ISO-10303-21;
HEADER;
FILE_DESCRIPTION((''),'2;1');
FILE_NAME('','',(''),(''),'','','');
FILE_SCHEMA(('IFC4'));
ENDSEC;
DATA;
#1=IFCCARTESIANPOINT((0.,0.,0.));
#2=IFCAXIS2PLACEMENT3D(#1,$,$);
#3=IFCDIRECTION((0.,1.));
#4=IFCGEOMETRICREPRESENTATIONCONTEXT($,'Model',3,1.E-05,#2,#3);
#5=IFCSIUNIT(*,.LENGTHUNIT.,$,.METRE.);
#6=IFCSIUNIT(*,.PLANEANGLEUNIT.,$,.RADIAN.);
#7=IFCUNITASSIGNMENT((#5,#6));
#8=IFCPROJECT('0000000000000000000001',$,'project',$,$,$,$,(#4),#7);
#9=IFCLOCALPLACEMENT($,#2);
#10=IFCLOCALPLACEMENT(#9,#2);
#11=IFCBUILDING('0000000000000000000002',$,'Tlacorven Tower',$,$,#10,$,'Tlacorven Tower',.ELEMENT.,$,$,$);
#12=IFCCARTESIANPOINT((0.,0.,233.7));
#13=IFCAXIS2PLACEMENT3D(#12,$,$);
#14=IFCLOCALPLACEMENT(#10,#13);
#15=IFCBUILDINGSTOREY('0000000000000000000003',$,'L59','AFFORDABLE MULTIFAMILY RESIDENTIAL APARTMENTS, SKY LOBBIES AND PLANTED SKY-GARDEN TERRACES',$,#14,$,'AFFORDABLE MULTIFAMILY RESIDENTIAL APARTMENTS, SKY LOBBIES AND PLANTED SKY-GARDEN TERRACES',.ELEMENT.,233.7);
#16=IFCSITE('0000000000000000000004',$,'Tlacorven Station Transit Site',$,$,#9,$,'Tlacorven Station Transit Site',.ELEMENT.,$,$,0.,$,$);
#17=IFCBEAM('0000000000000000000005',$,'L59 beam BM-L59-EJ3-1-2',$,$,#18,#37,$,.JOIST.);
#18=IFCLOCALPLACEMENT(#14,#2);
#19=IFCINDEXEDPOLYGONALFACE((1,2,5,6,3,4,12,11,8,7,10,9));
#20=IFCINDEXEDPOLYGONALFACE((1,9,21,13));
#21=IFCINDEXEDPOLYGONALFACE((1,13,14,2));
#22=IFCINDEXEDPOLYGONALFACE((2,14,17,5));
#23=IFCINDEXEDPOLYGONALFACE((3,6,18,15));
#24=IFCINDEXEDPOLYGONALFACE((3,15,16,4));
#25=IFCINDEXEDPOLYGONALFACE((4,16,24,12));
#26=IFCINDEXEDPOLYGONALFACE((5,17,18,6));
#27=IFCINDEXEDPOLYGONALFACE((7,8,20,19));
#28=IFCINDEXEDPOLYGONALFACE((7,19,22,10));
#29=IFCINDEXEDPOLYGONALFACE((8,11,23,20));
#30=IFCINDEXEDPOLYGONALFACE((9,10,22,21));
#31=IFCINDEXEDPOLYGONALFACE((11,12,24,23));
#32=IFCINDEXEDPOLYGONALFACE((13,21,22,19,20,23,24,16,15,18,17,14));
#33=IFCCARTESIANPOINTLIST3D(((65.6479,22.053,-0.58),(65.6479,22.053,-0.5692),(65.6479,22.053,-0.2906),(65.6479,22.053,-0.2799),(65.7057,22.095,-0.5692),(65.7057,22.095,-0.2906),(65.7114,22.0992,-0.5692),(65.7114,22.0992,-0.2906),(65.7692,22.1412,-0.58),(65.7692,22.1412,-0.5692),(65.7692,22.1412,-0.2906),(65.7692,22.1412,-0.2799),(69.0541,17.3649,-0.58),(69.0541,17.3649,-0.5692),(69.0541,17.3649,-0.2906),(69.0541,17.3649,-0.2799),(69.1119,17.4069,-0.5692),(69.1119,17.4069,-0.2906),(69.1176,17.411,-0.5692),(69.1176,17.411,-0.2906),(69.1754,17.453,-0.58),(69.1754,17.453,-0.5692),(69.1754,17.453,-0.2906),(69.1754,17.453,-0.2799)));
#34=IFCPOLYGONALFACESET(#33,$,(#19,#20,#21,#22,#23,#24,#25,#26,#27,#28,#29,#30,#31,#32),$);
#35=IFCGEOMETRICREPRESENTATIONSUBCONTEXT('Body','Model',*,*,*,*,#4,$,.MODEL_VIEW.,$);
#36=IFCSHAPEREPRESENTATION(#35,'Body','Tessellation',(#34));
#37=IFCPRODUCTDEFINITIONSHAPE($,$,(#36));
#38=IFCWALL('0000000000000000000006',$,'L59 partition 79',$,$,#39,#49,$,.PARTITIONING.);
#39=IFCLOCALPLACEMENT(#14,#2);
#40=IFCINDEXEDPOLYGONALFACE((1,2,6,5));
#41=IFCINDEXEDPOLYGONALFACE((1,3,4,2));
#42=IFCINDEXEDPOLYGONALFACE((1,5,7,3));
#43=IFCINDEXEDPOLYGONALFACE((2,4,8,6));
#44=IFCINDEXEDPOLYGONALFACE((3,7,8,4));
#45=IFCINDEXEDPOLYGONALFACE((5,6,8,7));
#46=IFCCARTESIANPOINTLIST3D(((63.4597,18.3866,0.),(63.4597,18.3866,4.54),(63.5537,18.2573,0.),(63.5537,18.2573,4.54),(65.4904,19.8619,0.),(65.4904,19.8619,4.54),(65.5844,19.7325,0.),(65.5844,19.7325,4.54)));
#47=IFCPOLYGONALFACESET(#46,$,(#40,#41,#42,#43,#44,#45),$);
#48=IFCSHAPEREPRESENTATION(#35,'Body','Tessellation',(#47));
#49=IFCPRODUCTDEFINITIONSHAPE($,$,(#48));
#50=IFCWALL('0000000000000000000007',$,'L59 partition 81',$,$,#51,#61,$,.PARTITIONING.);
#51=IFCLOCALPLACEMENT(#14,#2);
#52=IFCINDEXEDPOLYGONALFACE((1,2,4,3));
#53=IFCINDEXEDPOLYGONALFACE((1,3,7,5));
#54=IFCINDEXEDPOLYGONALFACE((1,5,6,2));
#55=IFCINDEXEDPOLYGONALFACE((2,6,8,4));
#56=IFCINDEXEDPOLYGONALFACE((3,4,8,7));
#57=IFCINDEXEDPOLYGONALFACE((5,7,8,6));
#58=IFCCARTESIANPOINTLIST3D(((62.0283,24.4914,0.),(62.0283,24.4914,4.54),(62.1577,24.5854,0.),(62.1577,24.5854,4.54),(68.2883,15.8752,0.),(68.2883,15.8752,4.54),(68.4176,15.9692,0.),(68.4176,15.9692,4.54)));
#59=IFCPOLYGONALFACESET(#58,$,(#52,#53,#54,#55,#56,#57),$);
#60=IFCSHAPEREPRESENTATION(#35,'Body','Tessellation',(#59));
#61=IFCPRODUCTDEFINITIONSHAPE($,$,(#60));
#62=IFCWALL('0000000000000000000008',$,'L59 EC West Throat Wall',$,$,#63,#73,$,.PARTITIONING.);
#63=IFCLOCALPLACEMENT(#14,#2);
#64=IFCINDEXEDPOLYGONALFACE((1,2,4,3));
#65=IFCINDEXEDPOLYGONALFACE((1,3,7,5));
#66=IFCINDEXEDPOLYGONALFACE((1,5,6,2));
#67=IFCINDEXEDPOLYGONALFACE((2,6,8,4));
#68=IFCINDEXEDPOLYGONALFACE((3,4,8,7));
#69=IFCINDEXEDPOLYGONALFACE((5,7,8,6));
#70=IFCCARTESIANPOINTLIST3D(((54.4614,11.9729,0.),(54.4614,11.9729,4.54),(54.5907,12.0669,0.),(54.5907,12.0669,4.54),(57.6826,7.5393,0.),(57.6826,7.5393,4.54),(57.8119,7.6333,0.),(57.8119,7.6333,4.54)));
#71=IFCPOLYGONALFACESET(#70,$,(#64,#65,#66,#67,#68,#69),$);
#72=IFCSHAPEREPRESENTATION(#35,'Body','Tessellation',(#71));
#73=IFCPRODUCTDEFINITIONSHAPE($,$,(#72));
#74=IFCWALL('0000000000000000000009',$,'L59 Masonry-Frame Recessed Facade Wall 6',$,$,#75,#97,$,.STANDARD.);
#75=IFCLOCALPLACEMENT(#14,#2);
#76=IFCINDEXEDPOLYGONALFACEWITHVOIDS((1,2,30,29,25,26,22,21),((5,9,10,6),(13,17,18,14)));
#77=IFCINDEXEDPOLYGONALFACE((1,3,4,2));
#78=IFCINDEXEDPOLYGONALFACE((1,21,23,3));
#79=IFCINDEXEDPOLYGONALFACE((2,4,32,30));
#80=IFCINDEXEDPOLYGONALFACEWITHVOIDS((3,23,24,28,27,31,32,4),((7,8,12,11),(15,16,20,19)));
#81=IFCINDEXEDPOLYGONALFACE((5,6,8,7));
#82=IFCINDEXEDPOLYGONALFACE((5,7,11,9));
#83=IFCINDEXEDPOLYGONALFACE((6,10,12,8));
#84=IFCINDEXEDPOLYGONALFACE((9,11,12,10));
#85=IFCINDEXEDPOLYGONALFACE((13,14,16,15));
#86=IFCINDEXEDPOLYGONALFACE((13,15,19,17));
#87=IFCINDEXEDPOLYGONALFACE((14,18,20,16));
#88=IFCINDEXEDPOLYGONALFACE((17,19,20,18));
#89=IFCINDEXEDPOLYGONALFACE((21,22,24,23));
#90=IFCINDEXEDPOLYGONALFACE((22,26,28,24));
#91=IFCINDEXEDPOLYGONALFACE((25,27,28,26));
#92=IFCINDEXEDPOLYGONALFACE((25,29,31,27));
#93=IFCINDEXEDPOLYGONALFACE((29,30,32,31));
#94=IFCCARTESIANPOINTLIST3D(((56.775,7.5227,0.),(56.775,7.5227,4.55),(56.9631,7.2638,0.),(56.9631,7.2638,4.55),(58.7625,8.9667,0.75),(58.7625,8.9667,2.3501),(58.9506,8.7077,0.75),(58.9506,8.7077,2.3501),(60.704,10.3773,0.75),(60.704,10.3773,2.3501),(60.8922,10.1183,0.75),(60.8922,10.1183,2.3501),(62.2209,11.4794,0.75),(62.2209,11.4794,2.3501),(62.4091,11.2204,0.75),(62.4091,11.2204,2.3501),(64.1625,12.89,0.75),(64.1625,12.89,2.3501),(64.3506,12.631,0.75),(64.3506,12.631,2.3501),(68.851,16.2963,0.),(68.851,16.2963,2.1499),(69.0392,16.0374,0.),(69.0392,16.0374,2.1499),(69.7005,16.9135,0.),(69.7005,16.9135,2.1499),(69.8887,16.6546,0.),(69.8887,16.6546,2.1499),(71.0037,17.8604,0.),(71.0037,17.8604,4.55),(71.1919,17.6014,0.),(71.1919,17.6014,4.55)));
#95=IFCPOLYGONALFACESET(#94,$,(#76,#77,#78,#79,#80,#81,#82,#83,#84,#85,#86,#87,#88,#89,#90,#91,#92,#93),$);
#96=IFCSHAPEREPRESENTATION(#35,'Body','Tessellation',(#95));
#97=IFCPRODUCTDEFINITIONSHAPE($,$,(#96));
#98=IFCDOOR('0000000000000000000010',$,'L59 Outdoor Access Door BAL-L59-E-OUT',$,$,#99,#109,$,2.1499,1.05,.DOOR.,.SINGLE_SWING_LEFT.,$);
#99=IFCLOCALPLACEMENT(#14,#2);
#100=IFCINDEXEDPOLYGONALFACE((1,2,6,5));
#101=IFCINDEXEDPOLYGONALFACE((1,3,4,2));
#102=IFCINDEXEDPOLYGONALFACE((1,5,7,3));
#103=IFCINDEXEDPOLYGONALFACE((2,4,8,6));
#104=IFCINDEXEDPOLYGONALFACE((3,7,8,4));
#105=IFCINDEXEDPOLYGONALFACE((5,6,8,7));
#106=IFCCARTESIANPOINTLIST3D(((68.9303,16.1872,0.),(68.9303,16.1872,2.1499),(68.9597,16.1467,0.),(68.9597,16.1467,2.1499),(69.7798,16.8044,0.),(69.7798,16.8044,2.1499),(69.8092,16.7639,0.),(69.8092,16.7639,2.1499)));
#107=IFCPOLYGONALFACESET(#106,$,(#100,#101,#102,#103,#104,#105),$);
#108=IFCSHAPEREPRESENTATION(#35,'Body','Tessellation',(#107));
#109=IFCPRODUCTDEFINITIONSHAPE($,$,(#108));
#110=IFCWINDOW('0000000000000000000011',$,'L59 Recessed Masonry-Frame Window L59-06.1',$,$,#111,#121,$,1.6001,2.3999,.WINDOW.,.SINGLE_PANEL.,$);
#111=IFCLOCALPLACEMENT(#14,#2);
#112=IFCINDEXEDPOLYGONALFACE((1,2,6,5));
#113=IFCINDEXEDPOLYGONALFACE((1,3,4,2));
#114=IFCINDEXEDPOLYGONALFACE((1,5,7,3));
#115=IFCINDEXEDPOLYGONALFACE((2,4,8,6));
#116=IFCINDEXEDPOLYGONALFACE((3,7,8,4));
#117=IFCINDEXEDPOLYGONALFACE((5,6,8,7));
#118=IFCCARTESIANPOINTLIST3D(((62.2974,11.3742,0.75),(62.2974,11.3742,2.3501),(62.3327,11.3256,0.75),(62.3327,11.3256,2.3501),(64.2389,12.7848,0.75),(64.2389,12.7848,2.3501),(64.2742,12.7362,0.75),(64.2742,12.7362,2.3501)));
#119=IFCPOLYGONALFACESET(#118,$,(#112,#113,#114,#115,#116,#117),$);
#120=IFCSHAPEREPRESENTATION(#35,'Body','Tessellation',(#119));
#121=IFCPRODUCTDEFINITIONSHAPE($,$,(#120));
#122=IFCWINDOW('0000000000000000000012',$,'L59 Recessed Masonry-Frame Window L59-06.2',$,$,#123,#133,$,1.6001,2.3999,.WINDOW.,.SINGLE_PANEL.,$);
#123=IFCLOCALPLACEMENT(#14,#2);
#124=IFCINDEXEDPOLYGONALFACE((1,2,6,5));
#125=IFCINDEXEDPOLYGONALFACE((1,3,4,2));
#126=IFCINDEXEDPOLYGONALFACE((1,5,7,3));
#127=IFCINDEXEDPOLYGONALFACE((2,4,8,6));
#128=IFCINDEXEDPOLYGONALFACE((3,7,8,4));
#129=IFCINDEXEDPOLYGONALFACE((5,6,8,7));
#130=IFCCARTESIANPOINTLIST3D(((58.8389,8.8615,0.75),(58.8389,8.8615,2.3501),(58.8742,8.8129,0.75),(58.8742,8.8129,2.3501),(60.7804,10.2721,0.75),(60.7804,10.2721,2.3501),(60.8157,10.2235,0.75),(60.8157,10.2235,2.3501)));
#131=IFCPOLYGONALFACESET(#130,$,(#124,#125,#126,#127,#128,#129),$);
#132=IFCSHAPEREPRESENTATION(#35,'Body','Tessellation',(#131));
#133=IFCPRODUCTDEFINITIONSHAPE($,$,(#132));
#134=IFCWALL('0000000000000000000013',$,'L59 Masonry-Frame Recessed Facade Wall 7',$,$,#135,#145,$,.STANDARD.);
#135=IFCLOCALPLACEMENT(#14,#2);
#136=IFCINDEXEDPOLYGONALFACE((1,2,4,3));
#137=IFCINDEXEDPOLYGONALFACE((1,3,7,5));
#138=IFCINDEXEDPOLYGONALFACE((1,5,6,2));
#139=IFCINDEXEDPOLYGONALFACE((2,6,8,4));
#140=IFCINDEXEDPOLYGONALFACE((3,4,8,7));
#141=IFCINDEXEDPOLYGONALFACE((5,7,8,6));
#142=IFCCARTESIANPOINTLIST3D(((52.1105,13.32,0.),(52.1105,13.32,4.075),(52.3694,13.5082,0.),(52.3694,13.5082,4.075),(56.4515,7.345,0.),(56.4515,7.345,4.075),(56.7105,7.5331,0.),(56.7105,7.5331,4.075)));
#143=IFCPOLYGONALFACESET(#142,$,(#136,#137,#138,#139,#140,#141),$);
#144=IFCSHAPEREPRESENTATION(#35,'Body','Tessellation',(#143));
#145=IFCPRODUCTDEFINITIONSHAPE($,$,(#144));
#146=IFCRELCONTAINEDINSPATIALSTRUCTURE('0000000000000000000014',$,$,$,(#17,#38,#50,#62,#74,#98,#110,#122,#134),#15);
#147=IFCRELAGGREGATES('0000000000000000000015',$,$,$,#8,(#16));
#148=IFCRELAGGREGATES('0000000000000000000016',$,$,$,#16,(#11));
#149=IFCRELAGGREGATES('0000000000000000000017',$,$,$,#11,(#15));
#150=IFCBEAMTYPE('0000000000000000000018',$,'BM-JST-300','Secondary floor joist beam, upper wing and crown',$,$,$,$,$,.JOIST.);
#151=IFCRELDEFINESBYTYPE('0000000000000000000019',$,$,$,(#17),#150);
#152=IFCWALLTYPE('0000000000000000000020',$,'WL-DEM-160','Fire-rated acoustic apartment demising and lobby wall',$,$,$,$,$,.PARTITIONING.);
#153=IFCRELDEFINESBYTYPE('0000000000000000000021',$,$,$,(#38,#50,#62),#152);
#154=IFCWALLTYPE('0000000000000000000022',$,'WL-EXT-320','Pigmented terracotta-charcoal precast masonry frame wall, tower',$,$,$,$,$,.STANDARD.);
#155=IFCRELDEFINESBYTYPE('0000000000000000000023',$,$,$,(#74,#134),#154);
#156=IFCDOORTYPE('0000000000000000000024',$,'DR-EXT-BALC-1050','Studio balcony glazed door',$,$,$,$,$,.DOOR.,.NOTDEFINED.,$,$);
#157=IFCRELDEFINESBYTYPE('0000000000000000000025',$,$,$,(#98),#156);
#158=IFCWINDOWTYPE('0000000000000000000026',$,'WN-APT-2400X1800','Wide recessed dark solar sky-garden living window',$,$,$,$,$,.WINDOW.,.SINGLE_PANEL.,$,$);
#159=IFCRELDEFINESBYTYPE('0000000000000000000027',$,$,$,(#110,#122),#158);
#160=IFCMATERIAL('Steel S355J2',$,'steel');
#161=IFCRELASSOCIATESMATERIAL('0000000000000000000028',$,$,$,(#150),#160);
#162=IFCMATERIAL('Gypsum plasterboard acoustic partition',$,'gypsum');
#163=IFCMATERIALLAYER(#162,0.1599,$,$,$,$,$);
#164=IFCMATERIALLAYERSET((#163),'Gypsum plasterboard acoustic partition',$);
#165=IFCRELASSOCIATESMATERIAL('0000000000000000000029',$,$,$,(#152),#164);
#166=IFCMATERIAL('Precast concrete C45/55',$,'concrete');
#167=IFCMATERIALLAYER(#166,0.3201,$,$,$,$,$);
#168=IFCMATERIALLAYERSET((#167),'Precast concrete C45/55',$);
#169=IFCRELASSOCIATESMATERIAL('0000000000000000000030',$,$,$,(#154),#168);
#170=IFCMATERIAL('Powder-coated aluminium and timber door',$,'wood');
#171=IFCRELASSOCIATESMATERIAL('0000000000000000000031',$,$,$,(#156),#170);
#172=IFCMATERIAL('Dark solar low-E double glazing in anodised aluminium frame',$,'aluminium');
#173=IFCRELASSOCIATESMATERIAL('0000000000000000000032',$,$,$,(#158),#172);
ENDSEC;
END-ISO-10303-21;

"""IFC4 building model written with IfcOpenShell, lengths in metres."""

from ifc_helpers import new_model, si_unit, direction, frame, frame_2d, origin, origin_2d, place, context, subcontext, project, spatial, rectangle, i_section, extrude, source, transform, mapped, material, layer, layer_set, material_profile, profile_set, type_object, element, fill, save


model = new_model("IFC4")

# Units and contexts
model_context = context("Model", 3, precision=1e-05, world=origin(), true_north=direction((0.0, 1.0)))
body_context = subcontext(model_context, "Body", "Model", "MODEL_VIEW")
ifc_project = project(units=[si_unit("LENGTHUNIT", "METRE"), si_unit("PLANEANGLEUNIT", "RADIAN")], contexts=[model_context])

# Site, building, storey
site_placement = place(None, origin())
site = spatial("IfcSite", under=ifc_project, at=site_placement, Name="Tlacorven Station Transit Site", LongName="Tlacorven Station Transit Site", CompositionType="ELEMENT", RefElevation=0.0)
building_placement = place(site_placement, origin())
building = spatial("IfcBuilding", under=site, at=building_placement, Name="Tlacorven Tower", LongName="Tlacorven Tower", CompositionType="ELEMENT")
storey_placement = place(building_placement, frame((0.0, 0.0, 233.7)))
storey = spatial("IfcBuildingStorey", under=building, at=storey_placement, Name="L59", Description="AFFORDABLE MULTIFAMILY RESIDENTIAL APARTMENTS, SKY LOBBIES AND PLANTED SKY-GARDEN TERRACES", LongName="AFFORDABLE MULTIFAMILY RESIDENTIAL APARTMENTS, SKY LOBBIES AND PLANTED SKY-GARDEN TERRACES", CompositionType="ELEMENT", Elevation=233.7)

# Shared definitions
ifc_material_1 = material(Name="Steel S355J2", Category="steel")

# Beam
ifc_material_profile_1 = material_profile(ifc_material_1, i_section(OverallWidth=0.1499, OverallDepth=0.3, WebThickness=0.0071, FlangeThickness=0.0107, at=origin_2d()), Name="IPE 300")
ifc_profile_set_1 = profile_set([ifc_material_profile_1], Name="Steel S355J2")
beam_type_1 = type_object("IfcBeamType", Name="BM-JST-300", Description="Secondary floor joist beam, upper wing and crown", PredefinedType="JOIST", material=ifc_profile_set_1)
shared_shape_1 = source(origin(), body_context, "Body", "SweptSolid", [
    extrude(i_section(OverallWidth=0.1499, OverallDepth=0.3, WebThickness=0.0071, FlangeThickness=0.0107, at=origin_2d()), origin(), (0.0, 0.0, 1.0), 5.7949),
])
for number, where, z_axis, x_axis, name in (
    (1, (69.1147, 17.4089, -0.4299), (-0.587791, 0.809013, 0.0), (-0.809013, -0.587791, 0.0), "L59 beam BM-L59-EJ3-1-2"),
):
    element("IfcBeam", number, at=place(storey_placement, frame(where, z_axis=z_axis, x_axis=x_axis)), inside=storey, type_object=beam_type_1, Name=name, PredefinedType="JOIST", context=body_context, shape_type="MappedRepresentation", body=[
        mapped(shared_shape_1, transform((0.0, 0.0, 0.0), scale=1.0)),
    ])

# Walls
ifc_material_2 = material(Name="Gypsum plasterboard acoustic partition", Category="gypsum")
ifc_layer_1 = layer(ifc_material_2, 0.1599)
ifc_layer_set_1 = layer_set([ifc_layer_1], Name="Gypsum plasterboard acoustic partition")
wall_type_1 = type_object("IfcWallType", Name="WL-DEM-160", Description="Fire-rated acoustic apartment demising and lobby wall", PredefinedType="PARTITIONING", material=ifc_layer_set_1)
wall_1_placement = place(storey_placement, frame((63.5068, 18.322, 0.0), z_axis=(0.0, 0.0, 1.0), x_axis=(0.809035, 0.587761, 0.0)))
element("IfcWall", 2, at=wall_1_placement, inside=storey, type_object=wall_type_1, Name="L59 partition 79", PredefinedType="PARTITIONING", context=body_context, shape_type="SweptSolid", body=[
    extrude(rectangle(XDim=2.51, YDim=0.1599, at=frame_2d((1.2549, 0.0))), origin(), (0.0, 0.0, 1.0), 4.54),
])
wall_2_placement = place(storey_placement, frame((68.353, 15.9221, 0.0), z_axis=(0.0, 0.0, 1.0), x_axis=(-0.587783, 0.809019, 0.0)))
element("IfcWall", 3, at=wall_2_placement, inside=storey, type_object=wall_type_1, Name="L59 partition 81", PredefinedType="PARTITIONING", context=body_context, shape_type="SweptSolid", body=[
    extrude(rectangle(XDim=10.6501, YDim=0.1599, at=frame_2d((5.3252, 0.0))), origin(), (0.0, 0.0, 1.0), 4.54),
])
wall_3_placement = place(storey_placement, frame((57.7473, 7.5862, 0.0), z_axis=(0.0, 0.0, 1.0), x_axis=(-0.587785, 0.809017, 0.0)))
element("IfcWall", 4, at=wall_3_placement, inside=storey, type_object=wall_type_1, Name="L59 EC West Throat Wall", PredefinedType="PARTITIONING", context=body_context, shape_type="SweptSolid", body=[
    extrude(rectangle(XDim=5.4802, YDim=0.1599, at=frame_2d((2.7402, 0.0))), origin(), (0.0, 0.0, 1.0), 4.54),
])

# Wall, openings, door, windows
ifc_material_3 = material(Name="Precast concrete C45/55", Category="concrete")
ifc_layer_2 = layer(ifc_material_3, 0.3201)
ifc_layer_set_2 = layer_set([ifc_layer_2], Name="Precast concrete C45/55")
wall_type_2 = type_object("IfcWallType", Name="WL-EXT-320", Description="Pigmented terracotta-charcoal precast masonry frame wall, tower", PredefinedType="STANDARD", material=ifc_layer_set_2)
wall_4_placement = place(storey_placement, frame((71.0979, 17.731, 0.0), z_axis=(0.0, 0.0, 1.0), x_axis=(-0.809021, -0.58778, 0.0)))
wall_4 = element("IfcWall", 5, at=wall_4_placement, inside=storey, type_object=wall_type_2, Name="L59 Masonry-Frame Recessed Facade Wall 6", PredefinedType="STANDARD", context=body_context, shape_type="SweptSolid", body=[
    extrude(rectangle(XDim=17.5876, YDim=0.3201, at=frame_2d((8.7939, 0.0))), origin(), (0.0, 0.0, 1.0), 4.55),
])
opening_1_placement = place(wall_4_placement, frame((1.6111, 0.0, 0.0)))
opening_1 = element("IfcOpeningElement", 6, at=opening_1_placement, cuts=wall_4, PredefinedType="OPENING", context=body_context, shape_type="SweptSolid", body=[
    extrude(rectangle(XDim=1.05, YDim=2.1499, at=frame_2d((0.5249, 1.075))), frame((0.0, 0.1699, 0.0), z_axis=(0.0, -1.0, 0.0), x_axis=(1.0, 0.0, 0.0)), (0.0, 0.0, 1.0), 0.3401),
])
opening_2_placement = place(wall_4_placement, frame((8.4563, 0.0, 0.75)))
opening_2 = element("IfcOpeningElement", 7, at=opening_2_placement, cuts=wall_4, PredefinedType="OPENING", context=body_context, shape_type="SweptSolid", body=[
    extrude(rectangle(XDim=2.3999, YDim=1.6001, at=frame_2d((1.2, 0.8))), frame((0.0, 0.1699, 0.0), z_axis=(0.0, -1.0, 0.0), x_axis=(1.0, 0.0, 0.0)), (0.0, 0.0, 1.0), 0.3401),
])
opening_3_placement = place(wall_4_placement, frame((12.7312, 0.0, 0.75)))
opening_3 = element("IfcOpeningElement", 8, at=opening_3_placement, cuts=wall_4, PredefinedType="OPENING", context=body_context, shape_type="SweptSolid", body=[
    extrude(rectangle(XDim=2.3999, YDim=1.6001, at=frame_2d((1.2, 0.8))), frame((0.0, 0.1699, 0.0), z_axis=(0.0, -1.0, 0.0), x_axis=(1.0, 0.0, 0.0)), (0.0, 0.0, 1.0), 0.3401),
])
ifc_material_4 = material(Name="Powder-coated aluminium and timber door", Category="wood")
door_type_1 = type_object("IfcDoorType", Name="DR-EXT-BALC-1050", Description="Studio balcony glazed door", OperationType="NOTDEFINED", PredefinedType="DOOR", material=ifc_material_4)
shared_shape_2 = source(origin(), body_context, "Body", "SweptSolid", [
    extrude(rectangle(XDim=1.05, YDim=2.1499, at=frame_2d((0.5249, 1.075))), frame((0.0, 0.0249, 0.0), z_axis=(0.0, -1.0, 0.0), x_axis=(1.0, 0.0, 0.0)), (0.0, 0.0, 1.0), 0.05),
])
door_1_placement = place(opening_1_placement, origin())
door_1 = element("IfcDoor", 9, at=door_1_placement, inside=storey, type_object=door_type_1, Name="L59 Outdoor Access Door BAL-L59-E-OUT", OperationType="SINGLE_SWING_LEFT", OverallHeight=2.1499, OverallWidth=1.05, PredefinedType="DOOR", context=body_context, shape_type="MappedRepresentation", body=[
    mapped(shared_shape_2, transform((0.0, 0.0, 0.0), scale=1.0)),
])
fill(opening_1, door_1)
ifc_material_5 = material(Name="Dark solar low-E double glazing in anodised aluminium frame", Category="aluminium")
window_type = type_object("IfcWindowType", Name="WN-APT-2400X1800", Description="Wide recessed dark solar sky-garden living window", PartitioningType="SINGLE_PANEL", PredefinedType="WINDOW", material=ifc_material_5)
shared_shape_3 = source(origin(), body_context, "Body", "SweptSolid", [
    extrude(rectangle(XDim=2.3999, YDim=1.6001, at=frame_2d((1.2, 0.8))), frame((0.0, 0.03, 0.0), z_axis=(0.0, -1.0, 0.0), x_axis=(1.0, 0.0, 0.0)), (0.0, 0.0, 1.0), 0.0601),
])
window_1_placement = place(opening_2_placement, origin())
window_1 = element("IfcWindow", 10, at=window_1_placement, inside=storey, type_object=window_type, Name="L59 Recessed Masonry-Frame Window L59-06.1", OverallHeight=1.6001, OverallWidth=2.3999, PartitioningType="SINGLE_PANEL", PredefinedType="WINDOW", context=body_context, shape_type="MappedRepresentation", body=[
    mapped(shared_shape_3, transform((0.0, 0.0, 0.0), scale=1.0)),
])
fill(opening_2, window_1)
window_2_placement = place(opening_3_placement, origin())
window_2 = element("IfcWindow", 11, at=window_2_placement, inside=storey, type_object=window_type, Name="L59 Recessed Masonry-Frame Window L59-06.2", OverallHeight=1.6001, OverallWidth=2.3999, PartitioningType="SINGLE_PANEL", PredefinedType="WINDOW", context=body_context, shape_type="MappedRepresentation", body=[
    mapped(shared_shape_3, transform((0.0, 0.0, 0.0), scale=1.0)),
])
fill(opening_3, window_2)

# Wall
wall_5_placement = place(storey_placement, frame((56.5811, 7.439, 0.0), z_axis=(0.0, 0.0, 1.0), x_axis=(-0.587777, 0.809023, 0.0)))
element("IfcWall", 12, at=wall_5_placement, inside=storey, type_object=wall_type_2, Name="L59 Masonry-Frame Recessed Facade Wall 7", PredefinedType="STANDARD", context=body_context, shape_type="SweptSolid", body=[
    extrude(rectangle(XDim=7.3855, YDim=0.3201, at=frame_2d((3.6929, 0.0))), origin(), (0.0, 0.0, 1.0), 4.075),
])

save(model, "model.ifc")
